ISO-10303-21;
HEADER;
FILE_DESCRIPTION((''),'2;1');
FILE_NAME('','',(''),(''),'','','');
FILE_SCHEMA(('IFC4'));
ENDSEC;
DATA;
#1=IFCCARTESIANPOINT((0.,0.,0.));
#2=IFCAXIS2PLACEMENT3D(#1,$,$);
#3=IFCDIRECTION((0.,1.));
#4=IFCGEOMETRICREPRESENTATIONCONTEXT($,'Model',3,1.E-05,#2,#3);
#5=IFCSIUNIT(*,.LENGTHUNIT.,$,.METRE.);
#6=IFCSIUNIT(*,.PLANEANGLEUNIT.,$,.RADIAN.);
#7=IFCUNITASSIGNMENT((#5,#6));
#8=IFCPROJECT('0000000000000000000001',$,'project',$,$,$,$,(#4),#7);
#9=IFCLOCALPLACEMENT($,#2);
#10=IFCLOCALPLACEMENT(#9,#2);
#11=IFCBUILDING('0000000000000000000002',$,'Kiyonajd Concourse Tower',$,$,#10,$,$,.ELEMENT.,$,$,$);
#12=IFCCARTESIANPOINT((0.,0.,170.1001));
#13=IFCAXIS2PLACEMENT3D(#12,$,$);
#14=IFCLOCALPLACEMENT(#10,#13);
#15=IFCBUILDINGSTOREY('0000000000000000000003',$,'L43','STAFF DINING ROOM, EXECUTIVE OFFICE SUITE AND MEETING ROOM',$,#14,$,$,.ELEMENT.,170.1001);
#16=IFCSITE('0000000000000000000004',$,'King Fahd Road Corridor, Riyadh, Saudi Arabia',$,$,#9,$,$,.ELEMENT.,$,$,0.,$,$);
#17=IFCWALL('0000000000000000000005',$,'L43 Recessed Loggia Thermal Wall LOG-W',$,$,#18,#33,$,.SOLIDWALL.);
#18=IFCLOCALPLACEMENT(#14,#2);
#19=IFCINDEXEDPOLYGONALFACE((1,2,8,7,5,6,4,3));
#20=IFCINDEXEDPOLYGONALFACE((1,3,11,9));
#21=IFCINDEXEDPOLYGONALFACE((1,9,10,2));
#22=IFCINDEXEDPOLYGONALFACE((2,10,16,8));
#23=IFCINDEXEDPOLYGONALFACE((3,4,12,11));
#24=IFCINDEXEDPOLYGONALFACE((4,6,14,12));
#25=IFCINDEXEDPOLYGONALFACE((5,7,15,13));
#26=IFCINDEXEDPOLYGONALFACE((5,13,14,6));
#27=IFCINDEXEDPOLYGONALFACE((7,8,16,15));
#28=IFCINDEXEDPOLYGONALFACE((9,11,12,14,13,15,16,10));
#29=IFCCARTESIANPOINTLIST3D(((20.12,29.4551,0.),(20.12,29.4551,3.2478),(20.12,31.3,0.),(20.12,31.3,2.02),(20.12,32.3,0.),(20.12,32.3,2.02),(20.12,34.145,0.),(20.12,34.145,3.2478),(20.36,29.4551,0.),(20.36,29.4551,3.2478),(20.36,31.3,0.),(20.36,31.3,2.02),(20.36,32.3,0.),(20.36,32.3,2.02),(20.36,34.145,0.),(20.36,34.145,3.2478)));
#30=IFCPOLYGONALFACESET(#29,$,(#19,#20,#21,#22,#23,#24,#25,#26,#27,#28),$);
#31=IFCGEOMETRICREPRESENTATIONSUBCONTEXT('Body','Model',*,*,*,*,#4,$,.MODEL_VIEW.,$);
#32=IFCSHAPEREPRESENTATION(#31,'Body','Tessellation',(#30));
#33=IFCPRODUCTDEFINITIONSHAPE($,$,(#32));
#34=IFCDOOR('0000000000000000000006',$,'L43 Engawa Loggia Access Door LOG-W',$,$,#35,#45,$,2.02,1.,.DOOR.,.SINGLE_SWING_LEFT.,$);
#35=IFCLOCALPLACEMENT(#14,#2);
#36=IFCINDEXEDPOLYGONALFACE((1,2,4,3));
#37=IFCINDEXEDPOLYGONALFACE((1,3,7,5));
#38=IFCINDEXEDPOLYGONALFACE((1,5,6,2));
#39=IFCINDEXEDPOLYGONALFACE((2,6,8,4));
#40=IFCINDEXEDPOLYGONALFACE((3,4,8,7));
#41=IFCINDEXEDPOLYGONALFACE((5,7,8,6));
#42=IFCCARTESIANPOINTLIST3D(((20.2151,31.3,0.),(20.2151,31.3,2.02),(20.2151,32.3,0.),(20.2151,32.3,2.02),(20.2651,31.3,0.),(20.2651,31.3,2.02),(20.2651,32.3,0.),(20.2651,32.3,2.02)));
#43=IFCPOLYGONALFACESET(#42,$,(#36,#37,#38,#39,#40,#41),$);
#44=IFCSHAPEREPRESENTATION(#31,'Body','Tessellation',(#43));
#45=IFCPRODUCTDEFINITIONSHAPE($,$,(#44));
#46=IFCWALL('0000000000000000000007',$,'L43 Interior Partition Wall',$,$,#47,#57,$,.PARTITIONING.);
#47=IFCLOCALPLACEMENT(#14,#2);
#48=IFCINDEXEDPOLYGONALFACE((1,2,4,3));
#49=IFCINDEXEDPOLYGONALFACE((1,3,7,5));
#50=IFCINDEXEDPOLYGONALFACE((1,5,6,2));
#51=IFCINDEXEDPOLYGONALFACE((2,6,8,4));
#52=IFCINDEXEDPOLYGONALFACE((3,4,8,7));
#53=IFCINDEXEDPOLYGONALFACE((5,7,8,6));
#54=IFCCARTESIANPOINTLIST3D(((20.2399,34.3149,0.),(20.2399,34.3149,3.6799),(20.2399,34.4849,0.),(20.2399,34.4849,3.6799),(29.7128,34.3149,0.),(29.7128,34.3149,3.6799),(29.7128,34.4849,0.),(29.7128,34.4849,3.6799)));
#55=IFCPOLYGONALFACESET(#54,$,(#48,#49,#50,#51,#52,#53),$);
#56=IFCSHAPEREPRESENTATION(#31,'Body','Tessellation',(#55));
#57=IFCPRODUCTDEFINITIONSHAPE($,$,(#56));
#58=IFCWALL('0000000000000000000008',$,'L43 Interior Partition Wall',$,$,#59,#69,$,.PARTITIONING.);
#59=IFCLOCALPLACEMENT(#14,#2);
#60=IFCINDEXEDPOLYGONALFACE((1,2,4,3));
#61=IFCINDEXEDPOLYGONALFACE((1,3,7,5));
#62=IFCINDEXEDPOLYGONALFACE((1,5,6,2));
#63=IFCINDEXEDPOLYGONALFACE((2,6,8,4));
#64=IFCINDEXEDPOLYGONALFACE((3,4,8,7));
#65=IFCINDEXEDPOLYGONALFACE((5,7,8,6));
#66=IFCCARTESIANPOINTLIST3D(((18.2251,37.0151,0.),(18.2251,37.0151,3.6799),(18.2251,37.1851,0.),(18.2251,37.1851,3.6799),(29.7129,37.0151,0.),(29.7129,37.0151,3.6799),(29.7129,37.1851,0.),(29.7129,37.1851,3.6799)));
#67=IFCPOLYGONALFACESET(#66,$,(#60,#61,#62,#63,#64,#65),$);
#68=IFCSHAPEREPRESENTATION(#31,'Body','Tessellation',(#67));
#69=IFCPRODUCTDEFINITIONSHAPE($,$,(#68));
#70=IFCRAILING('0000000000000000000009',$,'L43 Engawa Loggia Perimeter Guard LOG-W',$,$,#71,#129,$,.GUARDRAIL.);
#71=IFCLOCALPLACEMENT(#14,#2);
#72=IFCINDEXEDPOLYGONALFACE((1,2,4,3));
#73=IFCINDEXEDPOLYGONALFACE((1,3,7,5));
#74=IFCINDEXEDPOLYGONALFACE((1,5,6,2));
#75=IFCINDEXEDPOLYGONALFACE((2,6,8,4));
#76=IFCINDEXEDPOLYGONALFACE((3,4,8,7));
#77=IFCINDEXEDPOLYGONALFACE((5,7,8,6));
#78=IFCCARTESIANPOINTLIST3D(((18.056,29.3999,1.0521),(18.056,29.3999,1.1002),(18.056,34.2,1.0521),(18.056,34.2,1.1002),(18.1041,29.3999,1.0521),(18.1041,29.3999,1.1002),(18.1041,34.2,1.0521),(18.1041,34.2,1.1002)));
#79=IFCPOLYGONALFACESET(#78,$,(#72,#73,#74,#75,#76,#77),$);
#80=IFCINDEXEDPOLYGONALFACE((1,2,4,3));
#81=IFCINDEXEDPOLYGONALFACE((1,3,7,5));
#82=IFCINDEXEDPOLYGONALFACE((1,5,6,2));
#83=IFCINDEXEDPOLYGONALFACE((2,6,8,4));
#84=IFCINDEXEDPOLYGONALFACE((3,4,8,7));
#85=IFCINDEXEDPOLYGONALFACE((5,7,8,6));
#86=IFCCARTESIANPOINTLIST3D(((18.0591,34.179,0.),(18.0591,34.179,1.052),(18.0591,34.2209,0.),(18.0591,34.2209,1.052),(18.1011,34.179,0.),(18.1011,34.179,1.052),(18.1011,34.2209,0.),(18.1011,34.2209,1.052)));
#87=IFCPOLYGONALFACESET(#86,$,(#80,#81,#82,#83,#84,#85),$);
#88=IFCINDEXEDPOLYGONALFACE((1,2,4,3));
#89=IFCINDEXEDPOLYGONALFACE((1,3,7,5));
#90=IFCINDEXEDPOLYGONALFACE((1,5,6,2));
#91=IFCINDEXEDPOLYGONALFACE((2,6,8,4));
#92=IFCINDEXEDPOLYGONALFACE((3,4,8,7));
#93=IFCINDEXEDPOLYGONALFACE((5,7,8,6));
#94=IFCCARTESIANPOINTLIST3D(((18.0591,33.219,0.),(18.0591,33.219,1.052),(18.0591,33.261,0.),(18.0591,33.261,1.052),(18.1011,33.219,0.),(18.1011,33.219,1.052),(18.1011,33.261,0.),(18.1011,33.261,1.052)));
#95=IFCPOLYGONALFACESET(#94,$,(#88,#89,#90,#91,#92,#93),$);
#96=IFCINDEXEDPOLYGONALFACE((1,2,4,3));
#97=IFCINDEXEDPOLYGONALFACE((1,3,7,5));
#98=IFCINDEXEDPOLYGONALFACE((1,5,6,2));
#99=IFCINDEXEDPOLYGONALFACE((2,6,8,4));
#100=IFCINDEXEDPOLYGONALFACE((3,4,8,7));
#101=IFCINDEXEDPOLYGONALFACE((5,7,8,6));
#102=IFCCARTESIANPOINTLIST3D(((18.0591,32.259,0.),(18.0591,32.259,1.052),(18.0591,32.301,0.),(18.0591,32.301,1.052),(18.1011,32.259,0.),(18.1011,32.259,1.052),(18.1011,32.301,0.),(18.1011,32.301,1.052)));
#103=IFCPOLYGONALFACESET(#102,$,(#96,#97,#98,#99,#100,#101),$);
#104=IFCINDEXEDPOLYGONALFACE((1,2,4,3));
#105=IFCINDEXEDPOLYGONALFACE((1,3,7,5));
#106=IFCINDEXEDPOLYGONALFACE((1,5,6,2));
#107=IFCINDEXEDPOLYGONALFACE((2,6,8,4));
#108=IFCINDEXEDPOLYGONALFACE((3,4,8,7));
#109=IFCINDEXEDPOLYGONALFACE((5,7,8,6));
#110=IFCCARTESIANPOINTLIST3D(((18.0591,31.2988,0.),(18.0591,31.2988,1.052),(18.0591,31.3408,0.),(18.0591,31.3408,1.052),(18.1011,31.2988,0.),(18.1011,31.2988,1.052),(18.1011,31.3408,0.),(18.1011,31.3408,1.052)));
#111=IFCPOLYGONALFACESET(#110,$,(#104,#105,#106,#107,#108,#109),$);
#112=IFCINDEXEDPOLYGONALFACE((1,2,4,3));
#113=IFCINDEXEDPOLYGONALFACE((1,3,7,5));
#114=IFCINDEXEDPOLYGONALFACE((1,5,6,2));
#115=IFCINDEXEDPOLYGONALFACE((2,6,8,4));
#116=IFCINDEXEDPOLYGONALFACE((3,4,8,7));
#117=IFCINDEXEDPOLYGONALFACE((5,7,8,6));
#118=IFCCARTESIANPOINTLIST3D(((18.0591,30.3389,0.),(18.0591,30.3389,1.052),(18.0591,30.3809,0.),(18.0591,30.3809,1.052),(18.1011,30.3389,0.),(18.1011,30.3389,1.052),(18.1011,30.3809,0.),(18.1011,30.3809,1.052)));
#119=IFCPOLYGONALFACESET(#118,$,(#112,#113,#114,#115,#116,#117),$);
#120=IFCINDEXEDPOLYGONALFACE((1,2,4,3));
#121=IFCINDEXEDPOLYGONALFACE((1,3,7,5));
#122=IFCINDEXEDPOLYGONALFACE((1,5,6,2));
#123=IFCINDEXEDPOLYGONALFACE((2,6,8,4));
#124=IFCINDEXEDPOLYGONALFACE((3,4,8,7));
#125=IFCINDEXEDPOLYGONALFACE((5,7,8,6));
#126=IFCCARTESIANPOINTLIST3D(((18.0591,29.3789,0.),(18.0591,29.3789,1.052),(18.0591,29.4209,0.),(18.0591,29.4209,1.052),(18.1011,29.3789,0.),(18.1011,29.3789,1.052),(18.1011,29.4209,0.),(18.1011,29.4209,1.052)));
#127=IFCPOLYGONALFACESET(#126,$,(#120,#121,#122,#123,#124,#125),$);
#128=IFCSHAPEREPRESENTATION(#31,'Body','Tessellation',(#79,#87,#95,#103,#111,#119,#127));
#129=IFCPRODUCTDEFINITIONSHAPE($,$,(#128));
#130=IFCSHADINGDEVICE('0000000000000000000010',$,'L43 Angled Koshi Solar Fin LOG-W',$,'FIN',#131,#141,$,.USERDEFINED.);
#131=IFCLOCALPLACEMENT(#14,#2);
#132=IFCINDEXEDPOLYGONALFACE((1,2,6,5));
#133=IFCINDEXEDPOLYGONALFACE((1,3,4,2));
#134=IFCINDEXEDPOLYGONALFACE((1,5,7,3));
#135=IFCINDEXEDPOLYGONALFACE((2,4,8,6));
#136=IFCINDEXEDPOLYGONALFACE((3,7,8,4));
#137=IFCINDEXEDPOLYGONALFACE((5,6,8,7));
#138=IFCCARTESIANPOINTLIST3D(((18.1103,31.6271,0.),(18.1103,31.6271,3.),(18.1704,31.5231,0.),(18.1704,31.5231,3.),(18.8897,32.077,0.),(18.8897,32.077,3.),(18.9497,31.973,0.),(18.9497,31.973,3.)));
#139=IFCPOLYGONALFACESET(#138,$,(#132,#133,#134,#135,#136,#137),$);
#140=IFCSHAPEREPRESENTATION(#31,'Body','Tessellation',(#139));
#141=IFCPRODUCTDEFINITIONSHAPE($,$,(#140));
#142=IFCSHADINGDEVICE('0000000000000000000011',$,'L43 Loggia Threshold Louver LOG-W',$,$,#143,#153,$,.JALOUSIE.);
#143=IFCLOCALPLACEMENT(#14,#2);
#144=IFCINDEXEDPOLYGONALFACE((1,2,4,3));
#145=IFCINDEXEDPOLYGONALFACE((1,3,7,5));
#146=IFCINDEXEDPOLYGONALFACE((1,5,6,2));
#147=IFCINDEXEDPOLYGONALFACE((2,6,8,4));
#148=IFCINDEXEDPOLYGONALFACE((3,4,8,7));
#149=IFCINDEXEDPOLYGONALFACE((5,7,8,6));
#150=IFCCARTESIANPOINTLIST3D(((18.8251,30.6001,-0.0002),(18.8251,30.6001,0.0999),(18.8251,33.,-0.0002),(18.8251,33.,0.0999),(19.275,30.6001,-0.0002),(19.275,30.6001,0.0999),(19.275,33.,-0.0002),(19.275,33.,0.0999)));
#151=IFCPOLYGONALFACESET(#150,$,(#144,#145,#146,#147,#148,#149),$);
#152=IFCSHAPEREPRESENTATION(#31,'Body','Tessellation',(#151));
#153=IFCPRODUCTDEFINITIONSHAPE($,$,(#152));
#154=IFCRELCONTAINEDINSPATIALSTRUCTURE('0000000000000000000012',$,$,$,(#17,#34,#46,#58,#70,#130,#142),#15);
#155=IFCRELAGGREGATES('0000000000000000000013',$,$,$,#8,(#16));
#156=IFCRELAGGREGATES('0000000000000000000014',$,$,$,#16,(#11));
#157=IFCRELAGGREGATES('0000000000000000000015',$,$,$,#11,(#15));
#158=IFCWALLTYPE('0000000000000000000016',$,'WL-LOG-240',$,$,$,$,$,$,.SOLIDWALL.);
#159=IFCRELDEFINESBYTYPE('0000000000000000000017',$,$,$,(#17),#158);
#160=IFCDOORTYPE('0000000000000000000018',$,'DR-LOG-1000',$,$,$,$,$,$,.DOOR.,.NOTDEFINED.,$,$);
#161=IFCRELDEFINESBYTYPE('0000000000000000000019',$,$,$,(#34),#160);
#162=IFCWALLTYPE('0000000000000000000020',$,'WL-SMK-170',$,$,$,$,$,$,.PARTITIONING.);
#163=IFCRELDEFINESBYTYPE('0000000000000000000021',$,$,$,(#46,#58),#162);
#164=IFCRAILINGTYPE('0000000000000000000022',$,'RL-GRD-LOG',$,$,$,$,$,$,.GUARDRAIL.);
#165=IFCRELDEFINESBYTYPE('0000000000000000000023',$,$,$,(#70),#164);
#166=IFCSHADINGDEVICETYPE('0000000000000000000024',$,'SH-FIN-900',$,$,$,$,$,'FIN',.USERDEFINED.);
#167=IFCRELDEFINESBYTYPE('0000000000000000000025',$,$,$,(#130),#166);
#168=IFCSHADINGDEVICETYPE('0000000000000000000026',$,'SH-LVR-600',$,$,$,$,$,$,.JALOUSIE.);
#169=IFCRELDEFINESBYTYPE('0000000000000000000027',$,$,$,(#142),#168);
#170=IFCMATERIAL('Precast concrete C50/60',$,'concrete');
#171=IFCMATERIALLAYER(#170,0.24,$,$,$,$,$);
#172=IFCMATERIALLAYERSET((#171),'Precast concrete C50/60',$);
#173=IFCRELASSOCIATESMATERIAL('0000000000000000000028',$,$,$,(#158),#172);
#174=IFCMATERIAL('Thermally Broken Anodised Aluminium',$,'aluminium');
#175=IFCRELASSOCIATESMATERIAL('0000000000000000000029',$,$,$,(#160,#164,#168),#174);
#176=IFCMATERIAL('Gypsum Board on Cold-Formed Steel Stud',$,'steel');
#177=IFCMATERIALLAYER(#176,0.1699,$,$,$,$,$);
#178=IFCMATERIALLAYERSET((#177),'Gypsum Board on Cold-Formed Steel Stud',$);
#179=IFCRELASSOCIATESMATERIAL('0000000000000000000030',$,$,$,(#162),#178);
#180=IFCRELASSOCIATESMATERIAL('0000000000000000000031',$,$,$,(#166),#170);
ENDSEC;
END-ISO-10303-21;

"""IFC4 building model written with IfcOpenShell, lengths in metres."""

from ifc_helpers import new_model, si_unit, direction, frame, frame_2d, origin, origin_2d, place, context, subcontext, project, spatial, rectangle, extrude, material, layer, layer_set, type_object, element, fill, save


model = new_model("IFC4")

# Units and contexts
model_context = context("Model", 3, precision=1e-05, world=origin(), true_north=direction((0.0, 1.0)))
body_context = subcontext(model_context, "Body", "Model", "MODEL_VIEW")
ifc_project = project(units=[si_unit("LENGTHUNIT", "METRE"), si_unit("PLANEANGLEUNIT", "RADIAN")], contexts=[model_context])

# Site, building, storey
site_placement = place(None, origin())
site = spatial("IfcSite", under=ifc_project, at=site_placement, Name="King Fahd Road Corridor, Riyadh, Saudi Arabia", CompositionType="ELEMENT", RefElevation=0.0)
building_placement = place(site_placement, origin())
building = spatial("IfcBuilding", under=site, at=building_placement, Name="Kiyonajd Concourse Tower", CompositionType="ELEMENT")
storey_placement = place(building_placement, frame((0.0, 0.0, 170.1001)))
storey = spatial("IfcBuildingStorey", under=building, at=storey_placement, Name="L43", Description="STAFF DINING ROOM, EXECUTIVE OFFICE SUITE AND MEETING ROOM", CompositionType="ELEMENT", Elevation=170.1001)

# Shared definitions
ifc_material_1 = material(Name="Thermally Broken Anodised Aluminium", Category="aluminium")

# Shared definitions
ifc_material_2 = material(Name="Precast concrete C50/60", Category="concrete")

# Wall, opening, door
ifc_layer_1 = layer(ifc_material_2, 0.24)
ifc_layer_set_1 = layer_set([ifc_layer_1], Name="Precast concrete C50/60")
wall_type_1 = type_object("IfcWallType", Name="WL-LOG-240", PredefinedType="SOLIDWALL", material=ifc_layer_set_1)
wall_1_placement = place(storey_placement, frame((20.24, 29.4551, 0.0), z_axis=(0.0, 0.0, 1.0), x_axis=(0.0, 1.0, 0.0)))
wall_1 = element("IfcWall", 1, at=wall_1_placement, inside=storey, type_object=wall_type_1, Name="L43 Recessed Loggia Thermal Wall LOG-W", PredefinedType="SOLIDWALL", context=body_context, shape_type="SweptSolid", body=[
    extrude(rectangle(XDim=4.6899, YDim=0.24, at=frame_2d((2.345, 0.0))), origin(), (0.0, 0.0, 1.0), 3.2478),
])
opening_placement = place(wall_1_placement, frame((1.845, 0.0, 0.0)))
opening = element("IfcOpeningElement", 2, at=opening_placement, cuts=wall_1, PredefinedType="OPENING", context=body_context, shape_type="SweptSolid", body=[
    extrude(rectangle(XDim=1.0, YDim=2.02, at=frame_2d((0.5, 1.01))), frame((0.0, 0.1299, 0.0), z_axis=(0.0, -1.0, 0.0), x_axis=(1.0, 0.0, 0.0)), (0.0, 0.0, 1.0), 0.26),
])
door_type = type_object("IfcDoorType", Name="DR-LOG-1000", OperationType="NOTDEFINED", PredefinedType="DOOR", material=ifc_material_1)
door_placement = place(opening_placement, origin())
door = element("IfcDoor", 3, at=door_placement, inside=storey, type_object=door_type, Name="L43 Engawa Loggia Access Door LOG-W", OperationType="SINGLE_SWING_LEFT", OverallHeight=2.02, OverallWidth=1.0, PredefinedType="DOOR", context=body_context, shape_type="SweptSolid", body=[
    extrude(rectangle(XDim=1.0, YDim=2.02, at=frame_2d((0.5, 1.01))), frame((0.0, 0.0249, 0.0), z_axis=(0.0, -1.0, 0.0), x_axis=(1.0, 0.0, 0.0)), (0.0, 0.0, 1.0), 0.05),
])
fill(opening, door)

# Walls
ifc_material_3 = material(Name="Gypsum Board on Cold-Formed Steel Stud", Category="steel")
ifc_layer_2 = layer(ifc_material_3, 0.1699)
ifc_layer_set_2 = layer_set([ifc_layer_2], Name="Gypsum Board on Cold-Formed Steel Stud")
wall_type_2 = type_object("IfcWallType", Name="WL-SMK-170", PredefinedType="PARTITIONING", material=ifc_layer_set_2)
wall_2_placement = place(storey_placement, frame((20.24, 34.3999, 0.0), z_axis=(0.0, 0.0, 1.0), x_axis=(1.0, 0.0, 0.0)))
element("IfcWall", 4, at=wall_2_placement, inside=storey, type_object=wall_type_2, Name="L43 Interior Partition Wall", PredefinedType="PARTITIONING", context=body_context, shape_type="SweptSolid", body=[
    extrude(rectangle(XDim=9.4729, YDim=0.1699, at=frame_2d((4.7363, 0.0))), origin(), (0.0, 0.0, 1.0), 3.6799),
])
wall_3_placement = place(storey_placement, frame((18.2251, 37.1001, 0.0), z_axis=(0.0, 0.0, 1.0), x_axis=(1.0, 0.0, 0.0)))
element("IfcWall", 5, at=wall_3_placement, inside=storey, type_object=wall_type_2, Name="L43 Interior Partition Wall", PredefinedType="PARTITIONING", context=body_context, shape_type="SweptSolid", body=[
    extrude(rectangle(XDim=11.4878, YDim=0.1699, at=frame_2d((5.7439, 0.0))), origin(), (0.0, 0.0, 1.0), 3.6799),
])

# Railing
railing_type = type_object("IfcRailingType", Name="RL-GRD-LOG", PredefinedType="GUARDRAIL", material=ifc_material_1)
railing_placement = place(storey_placement, frame((18.0801, 34.2, 0.0)))
element("IfcRailing", 6, at=railing_placement, inside=storey, type_object=railing_type, Name="L43 Engawa Loggia Perimeter Guard LOG-W", PredefinedType="GUARDRAIL", context=body_context, shape_type="SweptSolid", body=[
    extrude(rectangle(XDim=0.0481, YDim=0.0481, at=origin_2d()), frame((0.0, 0.0, 1.0762), z_axis=(0.0, -1.0, 0.0), x_axis=(1.0, 0.0, 0.0)), (0.0, 0.0, 1.0), 4.8),
    extrude(rectangle(XDim=0.042, YDim=0.042, at=origin_2d()), origin(), (0.0, 0.0, 1.0), 1.052),
    extrude(rectangle(XDim=0.042, YDim=0.042, at=origin_2d()), frame((0.0, -0.96, 0.0)), (0.0, 0.0, 1.0), 1.052),
    extrude(rectangle(XDim=0.042, YDim=0.042, at=origin_2d()), frame((0.0, -1.9199, 0.0)), (0.0, 0.0, 1.0), 1.052),
    extrude(rectangle(XDim=0.042, YDim=0.042, at=origin_2d()), frame((0.0, -2.8801, 0.0)), (0.0, 0.0, 1.0), 1.052),
    extrude(rectangle(XDim=0.042, YDim=0.042, at=origin_2d()), frame((0.0, -3.8401, 0.0)), (0.0, 0.0, 1.0), 1.052),
    extrude(rectangle(XDim=0.042, YDim=0.042, at=origin_2d()), frame((0.0, -4.8, 0.0)), (0.0, 0.0, 1.0), 1.052),
])

# Shading devices
shading_device_type_1 = type_object("IfcShadingDeviceType", Name="SH-FIN-900", ElementType="FIN", PredefinedType="USERDEFINED", material=ifc_material_2)
shading_device_1_placement = place(storey_placement, frame((18.53, 31.8, 0.0), z_axis=(0.0, 0.0, 1.0), x_axis=(0.866025, 0.5, 0.0)))
element("IfcShadingDevice", 7, at=shading_device_1_placement, inside=storey, type_object=shading_device_type_1, Name="L43 Angled Koshi Solar Fin LOG-W", ObjectType="FIN", PredefinedType="USERDEFINED", context=body_context, shape_type="SweptSolid", body=[
    extrude(rectangle(XDim=0.8999, YDim=0.1201, at=origin_2d()), origin(), (0.0, 0.0, 1.0), 3.0),
])
shading_device_type_2 = type_object("IfcShadingDeviceType", Name="SH-LVR-600", PredefinedType="JALOUSIE", material=ifc_material_1)
shading_device_2_placement = place(storey_placement, frame((19.05, 31.8, -0.0002), z_axis=(0.0, 0.0, 1.0), x_axis=(0.0, 1.0, 0.0)))
element("IfcShadingDevice", 8, at=shading_device_2_placement, inside=storey, type_object=shading_device_type_2, Name="L43 Loggia Threshold Louver LOG-W", PredefinedType="JALOUSIE", context=body_context, shape_type="SweptSolid", body=[
    extrude(rectangle(XDim=2.3999, YDim=0.45, at=origin_2d()), origin(), (0.0, 0.0, 1.0), 0.1001),
])

save(model, "model.ifc")
